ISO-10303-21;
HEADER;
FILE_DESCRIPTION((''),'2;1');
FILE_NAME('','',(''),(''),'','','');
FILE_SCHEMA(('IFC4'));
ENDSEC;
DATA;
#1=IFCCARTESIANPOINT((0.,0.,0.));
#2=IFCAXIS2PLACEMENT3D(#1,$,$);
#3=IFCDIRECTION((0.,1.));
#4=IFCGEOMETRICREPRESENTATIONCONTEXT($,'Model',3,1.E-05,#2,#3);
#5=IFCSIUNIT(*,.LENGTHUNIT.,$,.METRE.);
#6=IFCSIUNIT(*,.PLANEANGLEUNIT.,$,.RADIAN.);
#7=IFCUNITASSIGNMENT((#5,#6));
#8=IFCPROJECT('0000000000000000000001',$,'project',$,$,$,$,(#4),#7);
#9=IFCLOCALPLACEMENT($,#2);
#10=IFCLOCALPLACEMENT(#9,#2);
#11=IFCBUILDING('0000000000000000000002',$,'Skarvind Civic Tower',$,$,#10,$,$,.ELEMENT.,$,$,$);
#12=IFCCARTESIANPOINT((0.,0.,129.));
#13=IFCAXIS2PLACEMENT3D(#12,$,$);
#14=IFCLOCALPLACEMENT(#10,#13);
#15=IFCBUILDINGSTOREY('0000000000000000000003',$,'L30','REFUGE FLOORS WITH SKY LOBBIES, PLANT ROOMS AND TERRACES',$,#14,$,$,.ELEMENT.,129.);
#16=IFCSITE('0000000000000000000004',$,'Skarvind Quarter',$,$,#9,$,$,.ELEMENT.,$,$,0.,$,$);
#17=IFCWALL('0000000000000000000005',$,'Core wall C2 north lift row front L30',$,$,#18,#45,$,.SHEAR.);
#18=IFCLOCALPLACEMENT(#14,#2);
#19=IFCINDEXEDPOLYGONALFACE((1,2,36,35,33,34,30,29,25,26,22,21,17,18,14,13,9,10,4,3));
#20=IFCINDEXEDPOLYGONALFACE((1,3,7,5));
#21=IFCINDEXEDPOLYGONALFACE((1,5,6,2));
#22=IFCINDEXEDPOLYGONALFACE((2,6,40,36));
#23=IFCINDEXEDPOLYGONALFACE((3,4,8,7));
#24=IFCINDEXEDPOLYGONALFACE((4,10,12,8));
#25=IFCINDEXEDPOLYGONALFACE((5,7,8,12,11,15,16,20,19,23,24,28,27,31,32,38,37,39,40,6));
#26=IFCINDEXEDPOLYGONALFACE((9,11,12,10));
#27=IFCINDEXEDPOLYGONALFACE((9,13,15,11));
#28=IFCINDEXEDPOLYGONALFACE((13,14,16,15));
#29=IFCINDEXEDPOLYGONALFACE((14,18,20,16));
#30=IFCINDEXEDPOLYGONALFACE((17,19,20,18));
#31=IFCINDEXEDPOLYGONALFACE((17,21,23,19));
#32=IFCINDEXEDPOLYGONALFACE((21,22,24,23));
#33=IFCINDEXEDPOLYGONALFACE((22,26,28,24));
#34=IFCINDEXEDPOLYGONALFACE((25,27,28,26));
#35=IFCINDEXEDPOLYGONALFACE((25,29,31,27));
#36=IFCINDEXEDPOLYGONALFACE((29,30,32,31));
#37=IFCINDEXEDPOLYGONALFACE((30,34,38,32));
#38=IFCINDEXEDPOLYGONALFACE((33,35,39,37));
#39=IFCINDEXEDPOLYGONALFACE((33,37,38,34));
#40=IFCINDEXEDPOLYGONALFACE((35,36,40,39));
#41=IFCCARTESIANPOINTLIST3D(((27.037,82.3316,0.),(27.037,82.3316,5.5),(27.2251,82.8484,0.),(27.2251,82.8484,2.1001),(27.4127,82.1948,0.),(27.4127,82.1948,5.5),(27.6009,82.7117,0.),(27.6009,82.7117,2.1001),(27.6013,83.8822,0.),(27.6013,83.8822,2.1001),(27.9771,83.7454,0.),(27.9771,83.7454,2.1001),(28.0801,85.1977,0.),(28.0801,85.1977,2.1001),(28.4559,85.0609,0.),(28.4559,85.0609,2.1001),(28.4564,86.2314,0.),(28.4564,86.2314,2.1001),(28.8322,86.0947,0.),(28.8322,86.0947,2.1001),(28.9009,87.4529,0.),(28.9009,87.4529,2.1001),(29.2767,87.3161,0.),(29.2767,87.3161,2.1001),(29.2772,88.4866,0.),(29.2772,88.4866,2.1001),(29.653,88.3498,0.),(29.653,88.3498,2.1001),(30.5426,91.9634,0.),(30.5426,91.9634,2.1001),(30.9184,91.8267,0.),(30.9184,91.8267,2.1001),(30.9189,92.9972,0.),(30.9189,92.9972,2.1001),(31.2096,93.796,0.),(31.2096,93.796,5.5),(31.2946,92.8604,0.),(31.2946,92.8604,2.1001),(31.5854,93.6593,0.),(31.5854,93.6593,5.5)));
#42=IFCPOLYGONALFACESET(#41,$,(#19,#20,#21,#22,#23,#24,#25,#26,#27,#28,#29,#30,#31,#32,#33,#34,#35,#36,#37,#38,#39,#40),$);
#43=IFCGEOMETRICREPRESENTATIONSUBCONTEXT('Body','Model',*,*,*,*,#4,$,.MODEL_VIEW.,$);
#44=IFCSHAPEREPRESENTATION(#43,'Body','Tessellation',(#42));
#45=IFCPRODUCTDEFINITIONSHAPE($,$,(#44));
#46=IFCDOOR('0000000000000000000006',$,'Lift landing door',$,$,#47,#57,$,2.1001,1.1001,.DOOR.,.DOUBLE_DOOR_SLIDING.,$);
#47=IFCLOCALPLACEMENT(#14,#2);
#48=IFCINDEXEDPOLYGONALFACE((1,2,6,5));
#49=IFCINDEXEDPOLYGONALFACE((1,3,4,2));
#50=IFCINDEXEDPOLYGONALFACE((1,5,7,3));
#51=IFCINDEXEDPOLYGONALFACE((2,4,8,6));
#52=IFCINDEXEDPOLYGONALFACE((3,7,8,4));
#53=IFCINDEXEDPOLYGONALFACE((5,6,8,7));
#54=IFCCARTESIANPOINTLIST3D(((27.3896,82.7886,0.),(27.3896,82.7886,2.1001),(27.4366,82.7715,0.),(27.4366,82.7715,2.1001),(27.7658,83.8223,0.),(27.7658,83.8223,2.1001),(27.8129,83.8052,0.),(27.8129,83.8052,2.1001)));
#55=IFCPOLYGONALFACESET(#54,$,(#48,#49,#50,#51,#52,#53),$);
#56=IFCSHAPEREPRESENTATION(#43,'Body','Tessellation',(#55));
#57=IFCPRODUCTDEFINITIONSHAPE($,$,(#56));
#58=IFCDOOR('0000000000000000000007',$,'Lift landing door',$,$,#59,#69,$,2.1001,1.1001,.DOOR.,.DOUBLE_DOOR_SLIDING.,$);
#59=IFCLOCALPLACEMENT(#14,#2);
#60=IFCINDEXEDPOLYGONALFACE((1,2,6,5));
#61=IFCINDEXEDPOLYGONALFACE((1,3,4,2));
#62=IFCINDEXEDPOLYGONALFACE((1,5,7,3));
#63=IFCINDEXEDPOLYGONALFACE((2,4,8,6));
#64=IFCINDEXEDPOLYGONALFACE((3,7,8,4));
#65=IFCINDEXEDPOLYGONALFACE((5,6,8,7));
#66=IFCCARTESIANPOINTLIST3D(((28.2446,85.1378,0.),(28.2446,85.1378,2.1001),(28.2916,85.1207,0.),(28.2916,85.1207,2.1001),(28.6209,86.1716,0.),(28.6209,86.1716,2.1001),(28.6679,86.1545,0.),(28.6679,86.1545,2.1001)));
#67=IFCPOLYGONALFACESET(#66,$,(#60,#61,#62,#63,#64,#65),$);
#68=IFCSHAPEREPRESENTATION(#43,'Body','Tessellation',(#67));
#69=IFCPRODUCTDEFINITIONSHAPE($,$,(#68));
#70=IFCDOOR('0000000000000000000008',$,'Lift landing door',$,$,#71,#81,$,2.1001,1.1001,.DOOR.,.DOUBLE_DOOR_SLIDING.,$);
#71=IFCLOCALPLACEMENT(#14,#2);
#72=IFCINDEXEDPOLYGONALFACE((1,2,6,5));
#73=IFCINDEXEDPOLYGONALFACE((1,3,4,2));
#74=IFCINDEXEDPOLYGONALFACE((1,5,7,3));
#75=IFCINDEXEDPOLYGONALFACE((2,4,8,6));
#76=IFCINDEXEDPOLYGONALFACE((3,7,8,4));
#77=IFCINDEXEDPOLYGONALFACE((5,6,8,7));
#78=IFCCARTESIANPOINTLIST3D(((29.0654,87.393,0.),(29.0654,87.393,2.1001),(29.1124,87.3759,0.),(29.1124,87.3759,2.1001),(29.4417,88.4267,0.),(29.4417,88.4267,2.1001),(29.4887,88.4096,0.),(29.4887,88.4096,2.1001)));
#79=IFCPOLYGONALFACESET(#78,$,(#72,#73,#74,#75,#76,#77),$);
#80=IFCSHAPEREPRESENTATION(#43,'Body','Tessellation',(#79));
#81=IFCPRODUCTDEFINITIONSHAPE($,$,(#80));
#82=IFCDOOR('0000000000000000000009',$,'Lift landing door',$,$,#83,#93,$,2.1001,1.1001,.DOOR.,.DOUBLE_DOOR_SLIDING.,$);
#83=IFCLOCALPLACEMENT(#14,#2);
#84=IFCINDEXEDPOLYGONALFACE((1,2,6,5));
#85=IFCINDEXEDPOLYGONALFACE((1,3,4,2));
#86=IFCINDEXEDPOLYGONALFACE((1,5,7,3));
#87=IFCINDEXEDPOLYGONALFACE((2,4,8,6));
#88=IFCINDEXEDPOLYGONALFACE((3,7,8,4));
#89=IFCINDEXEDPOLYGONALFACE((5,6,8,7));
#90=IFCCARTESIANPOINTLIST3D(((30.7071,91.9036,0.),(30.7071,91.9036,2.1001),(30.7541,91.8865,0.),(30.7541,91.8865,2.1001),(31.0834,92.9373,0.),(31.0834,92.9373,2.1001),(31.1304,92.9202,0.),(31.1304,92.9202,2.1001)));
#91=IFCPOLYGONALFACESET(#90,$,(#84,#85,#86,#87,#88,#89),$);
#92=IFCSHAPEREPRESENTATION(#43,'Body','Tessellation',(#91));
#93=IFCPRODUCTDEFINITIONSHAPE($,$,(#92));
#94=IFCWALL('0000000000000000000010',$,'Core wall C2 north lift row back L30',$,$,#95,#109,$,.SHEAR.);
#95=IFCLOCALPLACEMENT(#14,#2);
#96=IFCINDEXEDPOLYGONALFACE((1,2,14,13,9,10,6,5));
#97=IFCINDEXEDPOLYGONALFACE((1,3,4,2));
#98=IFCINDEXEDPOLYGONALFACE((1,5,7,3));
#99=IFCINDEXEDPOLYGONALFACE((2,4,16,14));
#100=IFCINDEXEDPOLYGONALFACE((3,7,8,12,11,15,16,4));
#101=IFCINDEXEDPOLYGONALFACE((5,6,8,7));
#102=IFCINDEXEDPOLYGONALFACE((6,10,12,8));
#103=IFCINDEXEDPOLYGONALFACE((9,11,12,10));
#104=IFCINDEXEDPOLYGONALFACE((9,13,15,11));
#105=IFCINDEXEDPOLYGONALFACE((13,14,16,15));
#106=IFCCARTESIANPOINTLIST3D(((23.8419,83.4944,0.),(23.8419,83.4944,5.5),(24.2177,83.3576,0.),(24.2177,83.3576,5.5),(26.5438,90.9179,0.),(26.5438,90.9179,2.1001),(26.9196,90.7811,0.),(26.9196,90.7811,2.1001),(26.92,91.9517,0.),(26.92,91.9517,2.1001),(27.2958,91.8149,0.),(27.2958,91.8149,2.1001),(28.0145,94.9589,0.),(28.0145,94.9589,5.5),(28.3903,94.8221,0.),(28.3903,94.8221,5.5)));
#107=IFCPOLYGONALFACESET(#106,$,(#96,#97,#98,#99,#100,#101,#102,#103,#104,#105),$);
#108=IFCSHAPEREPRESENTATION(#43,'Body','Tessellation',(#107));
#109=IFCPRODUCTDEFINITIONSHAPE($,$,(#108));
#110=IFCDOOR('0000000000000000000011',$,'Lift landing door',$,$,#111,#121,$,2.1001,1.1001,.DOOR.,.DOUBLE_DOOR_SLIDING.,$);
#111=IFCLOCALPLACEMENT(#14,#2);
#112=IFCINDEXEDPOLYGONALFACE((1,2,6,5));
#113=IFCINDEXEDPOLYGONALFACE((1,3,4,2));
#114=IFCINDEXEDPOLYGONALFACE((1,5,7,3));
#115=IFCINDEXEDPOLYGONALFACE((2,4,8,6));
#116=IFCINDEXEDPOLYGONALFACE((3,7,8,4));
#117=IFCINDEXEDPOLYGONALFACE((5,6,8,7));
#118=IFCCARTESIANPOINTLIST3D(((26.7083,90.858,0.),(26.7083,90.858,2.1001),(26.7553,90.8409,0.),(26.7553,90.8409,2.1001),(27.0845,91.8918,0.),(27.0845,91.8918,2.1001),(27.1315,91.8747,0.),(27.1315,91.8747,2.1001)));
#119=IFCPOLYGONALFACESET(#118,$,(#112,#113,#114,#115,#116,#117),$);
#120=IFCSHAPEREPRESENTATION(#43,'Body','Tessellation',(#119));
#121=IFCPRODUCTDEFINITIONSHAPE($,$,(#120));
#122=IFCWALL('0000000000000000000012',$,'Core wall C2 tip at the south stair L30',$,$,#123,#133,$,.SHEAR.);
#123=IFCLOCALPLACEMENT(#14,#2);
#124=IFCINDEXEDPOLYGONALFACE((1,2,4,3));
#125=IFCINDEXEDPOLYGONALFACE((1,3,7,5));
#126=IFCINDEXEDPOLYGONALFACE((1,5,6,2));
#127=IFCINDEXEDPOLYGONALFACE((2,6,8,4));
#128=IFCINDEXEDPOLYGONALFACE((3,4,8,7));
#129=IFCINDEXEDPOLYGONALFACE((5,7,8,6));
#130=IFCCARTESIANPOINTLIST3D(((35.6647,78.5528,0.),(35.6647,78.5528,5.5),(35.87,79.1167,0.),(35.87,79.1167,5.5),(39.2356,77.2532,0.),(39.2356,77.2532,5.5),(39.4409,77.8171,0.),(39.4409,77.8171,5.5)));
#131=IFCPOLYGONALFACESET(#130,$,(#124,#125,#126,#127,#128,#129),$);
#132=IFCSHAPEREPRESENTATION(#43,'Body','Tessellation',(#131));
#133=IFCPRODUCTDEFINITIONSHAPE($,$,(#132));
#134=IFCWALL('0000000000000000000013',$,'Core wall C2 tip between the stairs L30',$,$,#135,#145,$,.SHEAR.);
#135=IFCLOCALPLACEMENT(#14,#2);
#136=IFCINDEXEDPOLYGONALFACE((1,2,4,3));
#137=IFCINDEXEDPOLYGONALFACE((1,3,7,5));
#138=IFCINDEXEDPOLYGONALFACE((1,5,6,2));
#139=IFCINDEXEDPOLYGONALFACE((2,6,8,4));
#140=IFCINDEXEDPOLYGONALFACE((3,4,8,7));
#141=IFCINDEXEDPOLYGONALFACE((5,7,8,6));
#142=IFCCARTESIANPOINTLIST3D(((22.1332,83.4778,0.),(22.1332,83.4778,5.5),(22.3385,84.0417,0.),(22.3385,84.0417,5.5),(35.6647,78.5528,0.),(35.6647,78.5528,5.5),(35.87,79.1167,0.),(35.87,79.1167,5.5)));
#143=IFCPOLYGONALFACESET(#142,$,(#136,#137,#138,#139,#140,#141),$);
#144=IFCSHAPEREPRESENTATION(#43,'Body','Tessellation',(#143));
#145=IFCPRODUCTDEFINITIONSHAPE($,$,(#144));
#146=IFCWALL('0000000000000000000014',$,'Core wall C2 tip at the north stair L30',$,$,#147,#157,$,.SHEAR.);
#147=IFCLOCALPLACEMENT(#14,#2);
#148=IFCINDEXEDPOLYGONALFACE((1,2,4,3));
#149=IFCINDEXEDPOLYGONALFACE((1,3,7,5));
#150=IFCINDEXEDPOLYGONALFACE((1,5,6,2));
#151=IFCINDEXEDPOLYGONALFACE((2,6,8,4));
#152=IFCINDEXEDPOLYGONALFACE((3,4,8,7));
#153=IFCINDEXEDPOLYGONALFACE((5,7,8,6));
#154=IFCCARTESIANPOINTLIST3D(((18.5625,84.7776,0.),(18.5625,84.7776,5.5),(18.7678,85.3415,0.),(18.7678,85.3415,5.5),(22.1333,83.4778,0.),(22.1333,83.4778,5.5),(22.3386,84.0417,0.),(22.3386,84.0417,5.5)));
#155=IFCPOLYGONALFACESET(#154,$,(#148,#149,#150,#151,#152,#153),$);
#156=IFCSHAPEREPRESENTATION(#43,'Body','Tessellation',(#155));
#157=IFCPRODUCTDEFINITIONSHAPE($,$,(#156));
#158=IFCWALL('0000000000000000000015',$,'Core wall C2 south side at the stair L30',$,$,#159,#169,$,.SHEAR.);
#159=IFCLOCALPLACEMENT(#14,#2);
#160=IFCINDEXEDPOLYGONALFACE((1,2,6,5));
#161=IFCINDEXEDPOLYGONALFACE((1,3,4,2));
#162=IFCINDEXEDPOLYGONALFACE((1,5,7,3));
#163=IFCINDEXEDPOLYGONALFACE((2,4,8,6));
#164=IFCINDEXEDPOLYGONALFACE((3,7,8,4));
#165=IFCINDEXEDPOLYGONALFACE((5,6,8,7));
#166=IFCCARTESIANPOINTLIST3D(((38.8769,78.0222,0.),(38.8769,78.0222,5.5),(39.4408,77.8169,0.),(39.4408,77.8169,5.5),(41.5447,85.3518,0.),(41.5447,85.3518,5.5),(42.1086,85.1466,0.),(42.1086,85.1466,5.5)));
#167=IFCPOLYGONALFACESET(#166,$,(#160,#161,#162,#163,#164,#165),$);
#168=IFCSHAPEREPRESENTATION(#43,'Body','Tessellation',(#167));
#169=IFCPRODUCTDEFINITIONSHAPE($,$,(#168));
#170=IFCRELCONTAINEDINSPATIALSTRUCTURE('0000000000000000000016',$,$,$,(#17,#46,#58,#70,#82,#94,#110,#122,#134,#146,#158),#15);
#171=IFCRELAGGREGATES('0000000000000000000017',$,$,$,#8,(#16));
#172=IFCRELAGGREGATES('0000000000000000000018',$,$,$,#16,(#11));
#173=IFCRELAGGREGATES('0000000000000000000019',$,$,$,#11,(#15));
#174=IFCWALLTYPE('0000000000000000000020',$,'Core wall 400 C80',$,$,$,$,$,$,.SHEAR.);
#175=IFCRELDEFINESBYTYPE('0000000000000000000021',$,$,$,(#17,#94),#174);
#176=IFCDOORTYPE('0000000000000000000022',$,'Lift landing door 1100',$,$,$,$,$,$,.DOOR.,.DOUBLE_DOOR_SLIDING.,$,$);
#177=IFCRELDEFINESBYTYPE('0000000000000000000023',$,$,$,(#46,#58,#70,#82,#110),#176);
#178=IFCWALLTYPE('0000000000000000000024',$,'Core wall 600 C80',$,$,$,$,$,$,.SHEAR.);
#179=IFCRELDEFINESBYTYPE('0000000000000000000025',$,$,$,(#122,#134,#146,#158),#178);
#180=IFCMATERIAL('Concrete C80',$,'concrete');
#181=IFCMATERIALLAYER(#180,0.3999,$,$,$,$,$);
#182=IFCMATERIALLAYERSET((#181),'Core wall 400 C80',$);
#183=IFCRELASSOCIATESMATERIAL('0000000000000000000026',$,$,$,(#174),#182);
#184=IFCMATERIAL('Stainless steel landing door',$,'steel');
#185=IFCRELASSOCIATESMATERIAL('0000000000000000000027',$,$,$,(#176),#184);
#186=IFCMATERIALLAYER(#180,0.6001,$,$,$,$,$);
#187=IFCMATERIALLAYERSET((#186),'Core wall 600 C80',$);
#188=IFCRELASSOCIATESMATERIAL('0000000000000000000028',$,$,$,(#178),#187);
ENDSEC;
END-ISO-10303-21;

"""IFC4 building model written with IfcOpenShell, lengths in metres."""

from ifc_helpers import new_model, si_unit, direction, frame, frame_2d, origin, place, context, subcontext, project, spatial, rectangle, extrude, material, layer, layer_set, type_object, element, fill, save


model = new_model("IFC4")

# Units and contexts
model_context = context("Model", 3, precision=1e-05, world=origin(), true_north=direction((0.0, 1.0)))
body_context = subcontext(model_context, "Body", "Model", "MODEL_VIEW")
ifc_project = project(units=[si_unit("LENGTHUNIT", "METRE"), si_unit("PLANEANGLEUNIT", "RADIAN")], contexts=[model_context])

# Site, building, storey
site_placement = place(None, origin())
site = spatial("IfcSite", under=ifc_project, at=site_placement, Name="Skarvind Quarter", CompositionType="ELEMENT", RefElevation=0.0)
building_placement = place(site_placement, origin())
building = spatial("IfcBuilding", under=site, at=building_placement, Name="Skarvind Civic Tower", CompositionType="ELEMENT")
storey_placement = place(building_placement, frame((0.0, 0.0, 129.0)))
storey = spatial("IfcBuildingStorey", under=building, at=storey_placement, Name="L30", Description="REFUGE FLOORS WITH SKY LOBBIES, PLANT ROOMS AND TERRACES", CompositionType="ELEMENT", Elevation=129.0)

# Shared definitions
ifc_material_1 = material(Name="Concrete C80", Category="concrete")
ifc_layer_1 = layer(ifc_material_1, 0.3999)
ifc_layer_set_1 = layer_set([ifc_layer_1], Name="Core wall 400 C80")
wall_type_1 = type_object("IfcWallType", Name="Core wall 400 C80", PredefinedType="SHEAR", material=ifc_layer_set_1)

# Shared definitions
ifc_material_2 = material(Name="Stainless steel landing door", Category="steel")
door_type = type_object("IfcDoorType", Name="Lift landing door 1100", OperationType="DOUBLE_DOOR_SLIDING", PredefinedType="DOOR", material=ifc_material_2)

# Wall, openings, doors
wall_1_placement = place(storey_placement, frame((27.2249, 82.2632, 0.0), z_axis=(0.0, 0.0, 1.0), x_axis=(0.342015, 0.939695, 0.0)))
wall_1 = element("IfcWall", 1, at=wall_1_placement, inside=storey, type_object=wall_type_1, Name="Core wall C2 north lift row front L30", PredefinedType="SHEAR", context=body_context, shape_type="SweptSolid", body=[
    extrude(rectangle(XDim=12.2002, YDim=0.3999, at=frame_2d((6.1001, 0.0))), origin(), (0.0, 0.0, 1.0), 5.5),
])
opening_1_placement = place(wall_1_placement, frame((0.55, 0.0, 0.0)))
opening_1 = element("IfcOpeningElement", 2, at=opening_1_placement, cuts=wall_1, PredefinedType="OPENING", context=body_context, shape_type="SweptSolid", body=[
    extrude(rectangle(XDim=1.1001, YDim=2.1001, at=frame_2d((0.55, 1.05))), frame((0.0, 0.21, 0.0), z_axis=(0.0, -1.0, 0.0), x_axis=(1.0, 0.0, 0.0)), (0.0, 0.0, 1.0), 0.4199),
])
opening_2_placement = place(wall_1_placement, frame((3.05, 0.0, 0.0)))
opening_2 = element("IfcOpeningElement", 3, at=opening_2_placement, cuts=wall_1, PredefinedType="OPENING", context=body_context, shape_type="SweptSolid", body=[
    extrude(rectangle(XDim=1.1001, YDim=2.1001, at=frame_2d((0.55, 1.05))), frame((0.0, 0.21, 0.0), z_axis=(0.0, -1.0, 0.0), x_axis=(1.0, 0.0, 0.0)), (0.0, 0.0, 1.0), 0.4199),
])
opening_3_placement = place(wall_1_placement, frame((5.45, 0.0, 0.0)))
opening_3 = element("IfcOpeningElement", 4, at=opening_3_placement, cuts=wall_1, PredefinedType="OPENING", context=body_context, shape_type="SweptSolid", body=[
    extrude(rectangle(XDim=1.1001, YDim=2.1001, at=frame_2d((0.55, 1.05))), frame((0.0, 0.21, 0.0), z_axis=(0.0, -1.0, 0.0), x_axis=(1.0, 0.0, 0.0)), (0.0, 0.0, 1.0), 0.4199),
])
opening_4_placement = place(wall_1_placement, frame((10.25, 0.0, 0.0)))
opening_4 = element("IfcOpeningElement", 5, at=opening_4_placement, cuts=wall_1, PredefinedType="OPENING", context=body_context, shape_type="SweptSolid", body=[
    extrude(rectangle(XDim=1.1001, YDim=2.1001, at=frame_2d((0.55, 1.05))), frame((0.0, 0.21, 0.0), z_axis=(0.0, -1.0, 0.0), x_axis=(1.0, 0.0, 0.0)), (0.0, 0.0, 1.0), 0.4199),
])
door_1_placement = place(opening_1_placement, origin())
door_1 = element("IfcDoor", 6, at=door_1_placement, inside=storey, type_object=door_type, Name="Lift landing door", OperationType="DOUBLE_DOOR_SLIDING", OverallHeight=2.1001, OverallWidth=1.1001, PredefinedType="DOOR", context=body_context, shape_type="SweptSolid", body=[
    extrude(rectangle(XDim=1.1001, YDim=2.1001, at=frame_2d((0.55, 1.05))), frame((0.0, 0.0249, 0.0), z_axis=(0.0, -1.0, 0.0), x_axis=(1.0, 0.0, 0.0)), (0.0, 0.0, 1.0), 0.05),
])
fill(opening_1, door_1)
door_2_placement = place(opening_2_placement, origin())
door_2 = element("IfcDoor", 7, at=door_2_placement, inside=storey, type_object=door_type, Name="Lift landing door", OperationType="DOUBLE_DOOR_SLIDING", OverallHeight=2.1001, OverallWidth=1.1001, PredefinedType="DOOR", context=body_context, shape_type="SweptSolid", body=[
    extrude(rectangle(XDim=1.1001, YDim=2.1001, at=frame_2d((0.55, 1.05))), frame((0.0, 0.0249, 0.0), z_axis=(0.0, -1.0, 0.0), x_axis=(1.0, 0.0, 0.0)), (0.0, 0.0, 1.0), 0.05),
])
fill(opening_2, door_2)
door_3_placement = place(opening_3_placement, origin())
door_3 = element("IfcDoor", 8, at=door_3_placement, inside=storey, type_object=door_type, Name="Lift landing door", OperationType="DOUBLE_DOOR_SLIDING", OverallHeight=2.1001, OverallWidth=1.1001, PredefinedType="DOOR", context=body_context, shape_type="SweptSolid", body=[
    extrude(rectangle(XDim=1.1001, YDim=2.1001, at=frame_2d((0.55, 1.05))), frame((0.0, 0.0249, 0.0), z_axis=(0.0, -1.0, 0.0), x_axis=(1.0, 0.0, 0.0)), (0.0, 0.0, 1.0), 0.05),
])
fill(opening_3, door_3)
door_4_placement = place(opening_4_placement, origin())
door_4 = element("IfcDoor", 9, at=door_4_placement, inside=storey, type_object=door_type, Name="Lift landing door", OperationType="DOUBLE_DOOR_SLIDING", OverallHeight=2.1001, OverallWidth=1.1001, PredefinedType="DOOR", context=body_context, shape_type="SweptSolid", body=[
    extrude(rectangle(XDim=1.1001, YDim=2.1001, at=frame_2d((0.55, 1.05))), frame((0.0, 0.0249, 0.0), z_axis=(0.0, -1.0, 0.0), x_axis=(1.0, 0.0, 0.0)), (0.0, 0.0, 1.0), 0.05),
])
fill(opening_4, door_4)

# Wall, opening, door
wall_2_placement = place(storey_placement, frame((24.0298, 83.426, 0.0), z_axis=(0.0, 0.0, 1.0), x_axis=(0.342015, 0.939695, 0.0)))
wall_2 = element("IfcWall", 10, at=wall_2_placement, inside=storey, type_object=wall_type_1, Name="Core wall C2 north lift row back L30", PredefinedType="SHEAR", context=body_context, shape_type="SweptSolid", body=[
    extrude(rectangle(XDim=12.2002, YDim=0.3999, at=frame_2d((6.1001, 0.0))), origin(), (0.0, 0.0, 1.0), 5.5),
])
opening_5_placement = place(wall_2_placement, frame((7.8999, 0.0, 0.0)))
opening_5 = element("IfcOpeningElement", 11, at=opening_5_placement, cuts=wall_2, PredefinedType="OPENING", context=body_context, shape_type="SweptSolid", body=[
    extrude(rectangle(XDim=1.1001, YDim=2.1001, at=frame_2d((0.55, 1.05))), frame((0.0, 0.21, 0.0), z_axis=(0.0, -1.0, 0.0), x_axis=(1.0, 0.0, 0.0)), (0.0, 0.0, 1.0), 0.4199),
])
door_5_placement = place(opening_5_placement, origin())
door_5 = element("IfcDoor", 12, at=door_5_placement, inside=storey, type_object=door_type, Name="Lift landing door", OperationType="DOUBLE_DOOR_SLIDING", OverallHeight=2.1001, OverallWidth=1.1001, PredefinedType="DOOR", context=body_context, shape_type="SweptSolid", body=[
    extrude(rectangle(XDim=1.1001, YDim=2.1001, at=frame_2d((0.55, 1.05))), frame((0.0, 0.0249, 0.0), z_axis=(0.0, -1.0, 0.0), x_axis=(1.0, 0.0, 0.0)), (0.0, 0.0, 1.0), 0.05),
])
fill(opening_5, door_5)

# Walls
ifc_layer_2 = layer(ifc_material_1, 0.6001)
ifc_layer_set_2 = layer_set([ifc_layer_2], Name="Core wall 600 C80")
wall_type_2 = type_object("IfcWallType", Name="Core wall 600 C80", PredefinedType="SHEAR", material=ifc_layer_set_2)
wall_3_placement = place(storey_placement, frame((39.3381, 77.5352, 0.0), z_axis=(0.0, 0.0, 1.0), x_axis=(-0.939701, 0.341996, 0.0)))
element("IfcWall", 13, at=wall_3_placement, inside=storey, type_object=wall_type_2, Name="Core wall C2 tip at the south stair L30", PredefinedType="SHEAR", context=body_context, shape_type="SweptSolid", body=[
    extrude(rectangle(XDim=3.8, YDim=0.6001, at=frame_2d((1.8999, 0.0))), origin(), (0.0, 0.0, 1.0), 5.5),
])
wall_4_placement = place(storey_placement, frame((35.7673, 78.8347, 0.0), z_axis=(0.0, 0.0, 1.0), x_axis=(-0.939693, 0.342019, 0.0)))
element("IfcWall", 14, at=wall_4_placement, inside=storey, type_object=wall_type_2, Name="Core wall C2 tip between the stairs L30", PredefinedType="SHEAR", context=body_context, shape_type="SweptSolid", body=[
    extrude(rectangle(XDim=14.3999, YDim=0.6001, at=frame_2d((7.2, 0.0))), origin(), (0.0, 0.0, 1.0), 5.5),
])
wall_5_placement = place(storey_placement, frame((22.2358, 83.7598, 0.0), z_axis=(0.0, 0.0, 1.0), x_axis=(-0.939681, 0.342053, 0.0)))
element("IfcWall", 15, at=wall_5_placement, inside=storey, type_object=wall_type_2, Name="Core wall C2 tip at the north stair L30", PredefinedType="SHEAR", context=body_context, shape_type="SweptSolid", body=[
    extrude(rectangle(XDim=3.8, YDim=0.6001, at=frame_2d((1.8999, 0.0))), origin(), (0.0, 0.0, 1.0), 5.5),
])
wall_6_placement = place(storey_placement, frame((39.1589, 77.9197, 0.0), z_axis=(0.0, 0.0, 1.0), x_axis=(0.342017, 0.939694, 0.0)))
element("IfcWall", 16, at=wall_6_placement, inside=storey, type_object=wall_type_2, Name="Core wall C2 south side at the stair L30", PredefinedType="SHEAR", context=body_context, shape_type="SweptSolid", body=[
    extrude(rectangle(XDim=7.8, YDim=0.6001, at=frame_2d((3.8999, 0.0))), origin(), (0.0, 0.0, 1.0), 5.5),
])

save(model, "model.ifc")
